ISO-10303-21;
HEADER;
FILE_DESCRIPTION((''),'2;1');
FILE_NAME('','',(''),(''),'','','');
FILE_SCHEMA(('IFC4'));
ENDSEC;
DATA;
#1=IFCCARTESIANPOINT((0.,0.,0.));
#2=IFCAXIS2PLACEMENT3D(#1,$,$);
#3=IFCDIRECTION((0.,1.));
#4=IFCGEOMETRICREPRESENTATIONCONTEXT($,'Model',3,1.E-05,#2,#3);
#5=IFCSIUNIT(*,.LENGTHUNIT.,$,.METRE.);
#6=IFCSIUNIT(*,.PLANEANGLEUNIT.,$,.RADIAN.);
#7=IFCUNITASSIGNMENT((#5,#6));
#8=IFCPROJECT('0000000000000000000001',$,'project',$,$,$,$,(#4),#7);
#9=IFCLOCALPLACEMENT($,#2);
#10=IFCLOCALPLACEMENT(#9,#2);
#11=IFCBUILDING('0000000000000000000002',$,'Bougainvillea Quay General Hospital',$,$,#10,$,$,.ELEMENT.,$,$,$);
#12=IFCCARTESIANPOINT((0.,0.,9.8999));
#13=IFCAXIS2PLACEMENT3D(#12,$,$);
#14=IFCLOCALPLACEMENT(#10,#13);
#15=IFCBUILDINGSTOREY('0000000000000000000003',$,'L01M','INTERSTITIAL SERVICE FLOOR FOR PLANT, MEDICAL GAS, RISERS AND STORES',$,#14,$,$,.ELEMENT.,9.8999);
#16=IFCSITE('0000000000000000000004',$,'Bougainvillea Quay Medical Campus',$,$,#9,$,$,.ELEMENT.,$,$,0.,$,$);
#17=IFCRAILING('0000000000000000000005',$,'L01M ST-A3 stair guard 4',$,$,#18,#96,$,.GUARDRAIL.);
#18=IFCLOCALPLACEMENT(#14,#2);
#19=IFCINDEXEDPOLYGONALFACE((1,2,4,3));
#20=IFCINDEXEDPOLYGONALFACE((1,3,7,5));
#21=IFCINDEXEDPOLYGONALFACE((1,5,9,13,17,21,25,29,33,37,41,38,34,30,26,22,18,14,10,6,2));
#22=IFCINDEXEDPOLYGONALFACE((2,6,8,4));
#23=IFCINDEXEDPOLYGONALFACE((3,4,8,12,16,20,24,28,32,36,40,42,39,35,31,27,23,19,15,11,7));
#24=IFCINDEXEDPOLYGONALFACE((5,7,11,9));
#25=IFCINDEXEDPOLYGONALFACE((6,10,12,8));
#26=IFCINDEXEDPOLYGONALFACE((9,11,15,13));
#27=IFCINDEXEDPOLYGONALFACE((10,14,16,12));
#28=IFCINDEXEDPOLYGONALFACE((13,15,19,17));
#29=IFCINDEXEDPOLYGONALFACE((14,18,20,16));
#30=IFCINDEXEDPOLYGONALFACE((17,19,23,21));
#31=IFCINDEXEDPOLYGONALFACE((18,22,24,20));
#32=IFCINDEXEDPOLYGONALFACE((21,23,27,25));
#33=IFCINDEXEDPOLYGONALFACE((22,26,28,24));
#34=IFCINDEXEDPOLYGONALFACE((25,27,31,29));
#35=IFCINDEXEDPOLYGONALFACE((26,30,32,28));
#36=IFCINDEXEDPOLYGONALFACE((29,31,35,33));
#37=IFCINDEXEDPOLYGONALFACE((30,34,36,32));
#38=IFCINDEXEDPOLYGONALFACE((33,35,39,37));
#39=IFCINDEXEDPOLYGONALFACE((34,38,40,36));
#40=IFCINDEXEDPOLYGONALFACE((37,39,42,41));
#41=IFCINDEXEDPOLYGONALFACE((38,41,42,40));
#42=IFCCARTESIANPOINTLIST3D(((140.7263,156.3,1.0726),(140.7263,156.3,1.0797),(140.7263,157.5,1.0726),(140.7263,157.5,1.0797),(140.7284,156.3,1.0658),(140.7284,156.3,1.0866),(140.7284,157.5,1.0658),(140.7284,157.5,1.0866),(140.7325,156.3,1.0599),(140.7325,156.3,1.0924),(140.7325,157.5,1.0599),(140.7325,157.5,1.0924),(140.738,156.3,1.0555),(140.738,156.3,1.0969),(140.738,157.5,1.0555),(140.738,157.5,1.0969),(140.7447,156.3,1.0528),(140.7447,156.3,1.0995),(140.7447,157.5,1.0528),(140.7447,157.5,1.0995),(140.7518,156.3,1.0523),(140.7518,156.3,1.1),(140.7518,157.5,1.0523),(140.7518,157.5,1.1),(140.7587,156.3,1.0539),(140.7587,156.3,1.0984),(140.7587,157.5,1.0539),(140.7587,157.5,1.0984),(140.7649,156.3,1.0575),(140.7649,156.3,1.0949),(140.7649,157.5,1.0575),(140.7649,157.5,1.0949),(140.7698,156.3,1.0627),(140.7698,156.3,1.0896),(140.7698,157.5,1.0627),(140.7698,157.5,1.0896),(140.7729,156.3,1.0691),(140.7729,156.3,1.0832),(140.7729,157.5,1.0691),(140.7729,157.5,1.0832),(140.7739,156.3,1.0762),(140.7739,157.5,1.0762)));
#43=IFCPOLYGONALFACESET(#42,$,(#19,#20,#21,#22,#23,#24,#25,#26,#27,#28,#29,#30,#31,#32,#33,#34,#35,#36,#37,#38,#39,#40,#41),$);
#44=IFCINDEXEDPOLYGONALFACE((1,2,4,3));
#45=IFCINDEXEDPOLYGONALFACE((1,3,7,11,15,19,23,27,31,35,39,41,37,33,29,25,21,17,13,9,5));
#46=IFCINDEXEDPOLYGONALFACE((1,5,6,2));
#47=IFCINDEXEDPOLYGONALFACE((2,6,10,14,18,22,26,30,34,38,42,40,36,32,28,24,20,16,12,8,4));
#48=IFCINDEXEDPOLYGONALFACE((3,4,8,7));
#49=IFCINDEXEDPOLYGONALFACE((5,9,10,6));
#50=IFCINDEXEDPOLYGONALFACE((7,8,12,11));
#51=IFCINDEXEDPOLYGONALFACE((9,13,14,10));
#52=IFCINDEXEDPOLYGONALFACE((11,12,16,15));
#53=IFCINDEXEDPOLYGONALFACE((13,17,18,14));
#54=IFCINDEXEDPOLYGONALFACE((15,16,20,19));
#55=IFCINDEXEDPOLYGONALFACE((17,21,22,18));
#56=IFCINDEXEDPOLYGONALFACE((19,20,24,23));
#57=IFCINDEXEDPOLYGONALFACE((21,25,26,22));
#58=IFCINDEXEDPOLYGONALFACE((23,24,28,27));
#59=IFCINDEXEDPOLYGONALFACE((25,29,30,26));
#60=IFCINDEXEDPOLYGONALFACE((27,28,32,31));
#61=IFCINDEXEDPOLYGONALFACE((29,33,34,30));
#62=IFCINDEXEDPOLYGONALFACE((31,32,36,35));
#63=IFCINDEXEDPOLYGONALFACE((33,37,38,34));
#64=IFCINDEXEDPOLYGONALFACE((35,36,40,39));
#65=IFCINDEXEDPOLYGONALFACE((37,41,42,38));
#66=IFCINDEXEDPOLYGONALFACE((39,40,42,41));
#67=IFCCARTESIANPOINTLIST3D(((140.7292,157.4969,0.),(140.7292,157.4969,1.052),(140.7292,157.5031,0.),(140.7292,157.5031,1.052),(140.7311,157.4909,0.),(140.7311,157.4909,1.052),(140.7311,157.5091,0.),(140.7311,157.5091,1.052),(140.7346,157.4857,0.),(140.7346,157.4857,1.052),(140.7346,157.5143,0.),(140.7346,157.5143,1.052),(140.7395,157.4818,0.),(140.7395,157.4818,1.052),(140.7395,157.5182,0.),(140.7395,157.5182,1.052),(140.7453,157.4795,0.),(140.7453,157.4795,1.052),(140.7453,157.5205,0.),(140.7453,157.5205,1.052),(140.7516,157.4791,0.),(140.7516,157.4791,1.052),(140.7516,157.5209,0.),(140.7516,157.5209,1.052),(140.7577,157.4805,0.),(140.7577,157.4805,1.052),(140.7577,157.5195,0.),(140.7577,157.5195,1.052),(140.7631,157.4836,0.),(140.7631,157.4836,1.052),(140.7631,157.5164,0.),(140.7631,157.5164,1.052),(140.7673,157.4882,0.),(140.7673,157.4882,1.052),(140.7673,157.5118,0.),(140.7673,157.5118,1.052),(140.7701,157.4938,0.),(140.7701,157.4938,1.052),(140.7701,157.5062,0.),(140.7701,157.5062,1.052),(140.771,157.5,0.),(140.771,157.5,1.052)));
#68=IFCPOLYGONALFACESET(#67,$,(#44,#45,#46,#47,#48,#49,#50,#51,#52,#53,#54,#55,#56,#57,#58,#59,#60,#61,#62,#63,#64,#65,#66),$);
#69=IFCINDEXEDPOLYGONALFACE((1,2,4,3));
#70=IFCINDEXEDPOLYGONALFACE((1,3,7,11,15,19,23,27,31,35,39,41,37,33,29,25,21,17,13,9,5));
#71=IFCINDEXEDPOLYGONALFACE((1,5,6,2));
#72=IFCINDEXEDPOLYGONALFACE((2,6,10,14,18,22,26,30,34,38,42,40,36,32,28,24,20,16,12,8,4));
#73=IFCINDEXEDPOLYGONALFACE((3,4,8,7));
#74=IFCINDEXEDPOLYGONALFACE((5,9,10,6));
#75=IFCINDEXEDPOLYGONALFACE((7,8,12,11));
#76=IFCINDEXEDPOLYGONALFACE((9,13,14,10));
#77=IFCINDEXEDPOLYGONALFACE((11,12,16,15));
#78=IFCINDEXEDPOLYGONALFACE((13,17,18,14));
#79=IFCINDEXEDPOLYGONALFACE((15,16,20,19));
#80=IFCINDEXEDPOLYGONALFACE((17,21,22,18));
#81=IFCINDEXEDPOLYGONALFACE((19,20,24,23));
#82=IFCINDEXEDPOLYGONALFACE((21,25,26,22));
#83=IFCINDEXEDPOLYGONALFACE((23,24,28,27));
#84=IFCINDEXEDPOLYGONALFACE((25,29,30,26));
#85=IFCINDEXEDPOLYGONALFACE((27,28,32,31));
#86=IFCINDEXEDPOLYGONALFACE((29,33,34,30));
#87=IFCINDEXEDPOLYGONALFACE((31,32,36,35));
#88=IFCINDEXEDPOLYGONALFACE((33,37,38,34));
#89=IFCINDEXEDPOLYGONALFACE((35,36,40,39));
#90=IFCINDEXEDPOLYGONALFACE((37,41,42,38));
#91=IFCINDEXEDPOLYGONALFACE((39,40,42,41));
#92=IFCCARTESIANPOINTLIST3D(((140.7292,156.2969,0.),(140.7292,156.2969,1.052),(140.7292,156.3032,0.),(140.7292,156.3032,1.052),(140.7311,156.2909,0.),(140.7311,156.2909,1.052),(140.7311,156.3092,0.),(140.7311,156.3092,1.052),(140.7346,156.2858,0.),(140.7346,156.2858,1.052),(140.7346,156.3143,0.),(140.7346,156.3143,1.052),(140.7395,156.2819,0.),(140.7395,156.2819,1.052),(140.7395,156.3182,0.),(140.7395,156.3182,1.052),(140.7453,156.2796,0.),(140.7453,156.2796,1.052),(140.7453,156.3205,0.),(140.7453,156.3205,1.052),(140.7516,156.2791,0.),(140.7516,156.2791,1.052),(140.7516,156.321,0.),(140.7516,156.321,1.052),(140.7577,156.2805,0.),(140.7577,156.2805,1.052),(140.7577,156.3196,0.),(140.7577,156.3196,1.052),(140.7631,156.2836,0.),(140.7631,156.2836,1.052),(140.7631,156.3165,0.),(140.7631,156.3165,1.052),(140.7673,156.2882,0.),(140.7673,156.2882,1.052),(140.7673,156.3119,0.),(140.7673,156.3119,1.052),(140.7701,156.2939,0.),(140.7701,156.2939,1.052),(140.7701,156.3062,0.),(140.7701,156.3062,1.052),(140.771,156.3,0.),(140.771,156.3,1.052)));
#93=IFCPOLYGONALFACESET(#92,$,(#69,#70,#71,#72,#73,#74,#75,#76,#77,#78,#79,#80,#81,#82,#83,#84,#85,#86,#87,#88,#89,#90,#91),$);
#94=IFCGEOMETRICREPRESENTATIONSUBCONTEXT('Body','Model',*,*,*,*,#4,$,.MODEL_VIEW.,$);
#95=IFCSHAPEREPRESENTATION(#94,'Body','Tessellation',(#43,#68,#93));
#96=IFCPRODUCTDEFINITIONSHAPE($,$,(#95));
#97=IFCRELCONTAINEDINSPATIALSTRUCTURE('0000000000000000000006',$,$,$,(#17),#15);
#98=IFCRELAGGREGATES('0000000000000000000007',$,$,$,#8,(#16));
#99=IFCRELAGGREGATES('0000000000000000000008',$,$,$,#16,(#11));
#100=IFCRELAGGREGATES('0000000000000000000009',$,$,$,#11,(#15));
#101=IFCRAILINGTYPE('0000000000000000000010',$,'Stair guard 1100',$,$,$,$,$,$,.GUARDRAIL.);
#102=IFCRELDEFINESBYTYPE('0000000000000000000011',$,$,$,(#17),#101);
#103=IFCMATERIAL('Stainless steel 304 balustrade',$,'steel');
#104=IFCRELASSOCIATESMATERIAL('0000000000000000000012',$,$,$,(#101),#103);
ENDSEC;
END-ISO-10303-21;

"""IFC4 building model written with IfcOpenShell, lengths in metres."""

from ifc_helpers import new_model, si_unit, direction, frame, origin, origin_2d, place, context, subcontext, project, spatial, circle, extrude, material, type_object, element, save


model = new_model("IFC4")

# Units and contexts
model_context = context("Model", 3, precision=1e-05, world=origin(), true_north=direction((0.0, 1.0)))
body_context = subcontext(model_context, "Body", "Model", "MODEL_VIEW")
ifc_project = project(units=[si_unit("LENGTHUNIT", "METRE"), si_unit("PLANEANGLEUNIT", "RADIAN")], contexts=[model_context])

# Site, building, storey
site_placement = place(None, origin())
site = spatial("IfcSite", under=ifc_project, at=site_placement, Name="Bougainvillea Quay Medical Campus", CompositionType="ELEMENT", RefElevation=0.0)
building_placement = place(site_placement, origin())
building = spatial("IfcBuilding", under=site, at=building_placement, Name="Bougainvillea Quay General Hospital", CompositionType="ELEMENT")
storey_placement = place(building_placement, frame((0.0, 0.0, 9.8999)))
storey = spatial("IfcBuildingStorey", under=building, at=storey_placement, Name="L01M", Description="INTERSTITIAL SERVICE FLOOR FOR PLANT, MEDICAL GAS, RISERS AND STORES", CompositionType="ELEMENT", Elevation=9.8999)

# Railing
ifc_material_1 = material(Name="Stainless steel 304 balustrade", Category="steel")
railing_type_1 = type_object("IfcRailingType", Name="Stair guard 1100", PredefinedType="GUARDRAIL", material=ifc_material_1)
railing_1_placement = place(storey_placement, frame((140.75, 157.5, 0.0)))
element("IfcRailing", 1, at=railing_1_placement, inside=storey, type_object=railing_type_1, Name="L01M ST-A3 stair guard 4", PredefinedType="GUARDRAIL", context=body_context, shape_type="SweptSolid", body=[
    extrude(circle(Radius=0.0239, at=origin_2d()), frame((0.0, 0.0, 1.0762), z_axis=(0.0, -1.0, 0.0), x_axis=(1.0, 0.0, 0.0)), (0.0, 0.0, 1.0), 1.2),
    extrude(circle(Radius=0.021, at=origin_2d()), origin(), (0.0, 0.0, 1.0), 1.052),
    extrude(circle(Radius=0.021, at=origin_2d()), frame((0.0, -1.2, 0.0)), (0.0, 0.0, 1.0), 1.052),
])

save(model, "model.ifc")
